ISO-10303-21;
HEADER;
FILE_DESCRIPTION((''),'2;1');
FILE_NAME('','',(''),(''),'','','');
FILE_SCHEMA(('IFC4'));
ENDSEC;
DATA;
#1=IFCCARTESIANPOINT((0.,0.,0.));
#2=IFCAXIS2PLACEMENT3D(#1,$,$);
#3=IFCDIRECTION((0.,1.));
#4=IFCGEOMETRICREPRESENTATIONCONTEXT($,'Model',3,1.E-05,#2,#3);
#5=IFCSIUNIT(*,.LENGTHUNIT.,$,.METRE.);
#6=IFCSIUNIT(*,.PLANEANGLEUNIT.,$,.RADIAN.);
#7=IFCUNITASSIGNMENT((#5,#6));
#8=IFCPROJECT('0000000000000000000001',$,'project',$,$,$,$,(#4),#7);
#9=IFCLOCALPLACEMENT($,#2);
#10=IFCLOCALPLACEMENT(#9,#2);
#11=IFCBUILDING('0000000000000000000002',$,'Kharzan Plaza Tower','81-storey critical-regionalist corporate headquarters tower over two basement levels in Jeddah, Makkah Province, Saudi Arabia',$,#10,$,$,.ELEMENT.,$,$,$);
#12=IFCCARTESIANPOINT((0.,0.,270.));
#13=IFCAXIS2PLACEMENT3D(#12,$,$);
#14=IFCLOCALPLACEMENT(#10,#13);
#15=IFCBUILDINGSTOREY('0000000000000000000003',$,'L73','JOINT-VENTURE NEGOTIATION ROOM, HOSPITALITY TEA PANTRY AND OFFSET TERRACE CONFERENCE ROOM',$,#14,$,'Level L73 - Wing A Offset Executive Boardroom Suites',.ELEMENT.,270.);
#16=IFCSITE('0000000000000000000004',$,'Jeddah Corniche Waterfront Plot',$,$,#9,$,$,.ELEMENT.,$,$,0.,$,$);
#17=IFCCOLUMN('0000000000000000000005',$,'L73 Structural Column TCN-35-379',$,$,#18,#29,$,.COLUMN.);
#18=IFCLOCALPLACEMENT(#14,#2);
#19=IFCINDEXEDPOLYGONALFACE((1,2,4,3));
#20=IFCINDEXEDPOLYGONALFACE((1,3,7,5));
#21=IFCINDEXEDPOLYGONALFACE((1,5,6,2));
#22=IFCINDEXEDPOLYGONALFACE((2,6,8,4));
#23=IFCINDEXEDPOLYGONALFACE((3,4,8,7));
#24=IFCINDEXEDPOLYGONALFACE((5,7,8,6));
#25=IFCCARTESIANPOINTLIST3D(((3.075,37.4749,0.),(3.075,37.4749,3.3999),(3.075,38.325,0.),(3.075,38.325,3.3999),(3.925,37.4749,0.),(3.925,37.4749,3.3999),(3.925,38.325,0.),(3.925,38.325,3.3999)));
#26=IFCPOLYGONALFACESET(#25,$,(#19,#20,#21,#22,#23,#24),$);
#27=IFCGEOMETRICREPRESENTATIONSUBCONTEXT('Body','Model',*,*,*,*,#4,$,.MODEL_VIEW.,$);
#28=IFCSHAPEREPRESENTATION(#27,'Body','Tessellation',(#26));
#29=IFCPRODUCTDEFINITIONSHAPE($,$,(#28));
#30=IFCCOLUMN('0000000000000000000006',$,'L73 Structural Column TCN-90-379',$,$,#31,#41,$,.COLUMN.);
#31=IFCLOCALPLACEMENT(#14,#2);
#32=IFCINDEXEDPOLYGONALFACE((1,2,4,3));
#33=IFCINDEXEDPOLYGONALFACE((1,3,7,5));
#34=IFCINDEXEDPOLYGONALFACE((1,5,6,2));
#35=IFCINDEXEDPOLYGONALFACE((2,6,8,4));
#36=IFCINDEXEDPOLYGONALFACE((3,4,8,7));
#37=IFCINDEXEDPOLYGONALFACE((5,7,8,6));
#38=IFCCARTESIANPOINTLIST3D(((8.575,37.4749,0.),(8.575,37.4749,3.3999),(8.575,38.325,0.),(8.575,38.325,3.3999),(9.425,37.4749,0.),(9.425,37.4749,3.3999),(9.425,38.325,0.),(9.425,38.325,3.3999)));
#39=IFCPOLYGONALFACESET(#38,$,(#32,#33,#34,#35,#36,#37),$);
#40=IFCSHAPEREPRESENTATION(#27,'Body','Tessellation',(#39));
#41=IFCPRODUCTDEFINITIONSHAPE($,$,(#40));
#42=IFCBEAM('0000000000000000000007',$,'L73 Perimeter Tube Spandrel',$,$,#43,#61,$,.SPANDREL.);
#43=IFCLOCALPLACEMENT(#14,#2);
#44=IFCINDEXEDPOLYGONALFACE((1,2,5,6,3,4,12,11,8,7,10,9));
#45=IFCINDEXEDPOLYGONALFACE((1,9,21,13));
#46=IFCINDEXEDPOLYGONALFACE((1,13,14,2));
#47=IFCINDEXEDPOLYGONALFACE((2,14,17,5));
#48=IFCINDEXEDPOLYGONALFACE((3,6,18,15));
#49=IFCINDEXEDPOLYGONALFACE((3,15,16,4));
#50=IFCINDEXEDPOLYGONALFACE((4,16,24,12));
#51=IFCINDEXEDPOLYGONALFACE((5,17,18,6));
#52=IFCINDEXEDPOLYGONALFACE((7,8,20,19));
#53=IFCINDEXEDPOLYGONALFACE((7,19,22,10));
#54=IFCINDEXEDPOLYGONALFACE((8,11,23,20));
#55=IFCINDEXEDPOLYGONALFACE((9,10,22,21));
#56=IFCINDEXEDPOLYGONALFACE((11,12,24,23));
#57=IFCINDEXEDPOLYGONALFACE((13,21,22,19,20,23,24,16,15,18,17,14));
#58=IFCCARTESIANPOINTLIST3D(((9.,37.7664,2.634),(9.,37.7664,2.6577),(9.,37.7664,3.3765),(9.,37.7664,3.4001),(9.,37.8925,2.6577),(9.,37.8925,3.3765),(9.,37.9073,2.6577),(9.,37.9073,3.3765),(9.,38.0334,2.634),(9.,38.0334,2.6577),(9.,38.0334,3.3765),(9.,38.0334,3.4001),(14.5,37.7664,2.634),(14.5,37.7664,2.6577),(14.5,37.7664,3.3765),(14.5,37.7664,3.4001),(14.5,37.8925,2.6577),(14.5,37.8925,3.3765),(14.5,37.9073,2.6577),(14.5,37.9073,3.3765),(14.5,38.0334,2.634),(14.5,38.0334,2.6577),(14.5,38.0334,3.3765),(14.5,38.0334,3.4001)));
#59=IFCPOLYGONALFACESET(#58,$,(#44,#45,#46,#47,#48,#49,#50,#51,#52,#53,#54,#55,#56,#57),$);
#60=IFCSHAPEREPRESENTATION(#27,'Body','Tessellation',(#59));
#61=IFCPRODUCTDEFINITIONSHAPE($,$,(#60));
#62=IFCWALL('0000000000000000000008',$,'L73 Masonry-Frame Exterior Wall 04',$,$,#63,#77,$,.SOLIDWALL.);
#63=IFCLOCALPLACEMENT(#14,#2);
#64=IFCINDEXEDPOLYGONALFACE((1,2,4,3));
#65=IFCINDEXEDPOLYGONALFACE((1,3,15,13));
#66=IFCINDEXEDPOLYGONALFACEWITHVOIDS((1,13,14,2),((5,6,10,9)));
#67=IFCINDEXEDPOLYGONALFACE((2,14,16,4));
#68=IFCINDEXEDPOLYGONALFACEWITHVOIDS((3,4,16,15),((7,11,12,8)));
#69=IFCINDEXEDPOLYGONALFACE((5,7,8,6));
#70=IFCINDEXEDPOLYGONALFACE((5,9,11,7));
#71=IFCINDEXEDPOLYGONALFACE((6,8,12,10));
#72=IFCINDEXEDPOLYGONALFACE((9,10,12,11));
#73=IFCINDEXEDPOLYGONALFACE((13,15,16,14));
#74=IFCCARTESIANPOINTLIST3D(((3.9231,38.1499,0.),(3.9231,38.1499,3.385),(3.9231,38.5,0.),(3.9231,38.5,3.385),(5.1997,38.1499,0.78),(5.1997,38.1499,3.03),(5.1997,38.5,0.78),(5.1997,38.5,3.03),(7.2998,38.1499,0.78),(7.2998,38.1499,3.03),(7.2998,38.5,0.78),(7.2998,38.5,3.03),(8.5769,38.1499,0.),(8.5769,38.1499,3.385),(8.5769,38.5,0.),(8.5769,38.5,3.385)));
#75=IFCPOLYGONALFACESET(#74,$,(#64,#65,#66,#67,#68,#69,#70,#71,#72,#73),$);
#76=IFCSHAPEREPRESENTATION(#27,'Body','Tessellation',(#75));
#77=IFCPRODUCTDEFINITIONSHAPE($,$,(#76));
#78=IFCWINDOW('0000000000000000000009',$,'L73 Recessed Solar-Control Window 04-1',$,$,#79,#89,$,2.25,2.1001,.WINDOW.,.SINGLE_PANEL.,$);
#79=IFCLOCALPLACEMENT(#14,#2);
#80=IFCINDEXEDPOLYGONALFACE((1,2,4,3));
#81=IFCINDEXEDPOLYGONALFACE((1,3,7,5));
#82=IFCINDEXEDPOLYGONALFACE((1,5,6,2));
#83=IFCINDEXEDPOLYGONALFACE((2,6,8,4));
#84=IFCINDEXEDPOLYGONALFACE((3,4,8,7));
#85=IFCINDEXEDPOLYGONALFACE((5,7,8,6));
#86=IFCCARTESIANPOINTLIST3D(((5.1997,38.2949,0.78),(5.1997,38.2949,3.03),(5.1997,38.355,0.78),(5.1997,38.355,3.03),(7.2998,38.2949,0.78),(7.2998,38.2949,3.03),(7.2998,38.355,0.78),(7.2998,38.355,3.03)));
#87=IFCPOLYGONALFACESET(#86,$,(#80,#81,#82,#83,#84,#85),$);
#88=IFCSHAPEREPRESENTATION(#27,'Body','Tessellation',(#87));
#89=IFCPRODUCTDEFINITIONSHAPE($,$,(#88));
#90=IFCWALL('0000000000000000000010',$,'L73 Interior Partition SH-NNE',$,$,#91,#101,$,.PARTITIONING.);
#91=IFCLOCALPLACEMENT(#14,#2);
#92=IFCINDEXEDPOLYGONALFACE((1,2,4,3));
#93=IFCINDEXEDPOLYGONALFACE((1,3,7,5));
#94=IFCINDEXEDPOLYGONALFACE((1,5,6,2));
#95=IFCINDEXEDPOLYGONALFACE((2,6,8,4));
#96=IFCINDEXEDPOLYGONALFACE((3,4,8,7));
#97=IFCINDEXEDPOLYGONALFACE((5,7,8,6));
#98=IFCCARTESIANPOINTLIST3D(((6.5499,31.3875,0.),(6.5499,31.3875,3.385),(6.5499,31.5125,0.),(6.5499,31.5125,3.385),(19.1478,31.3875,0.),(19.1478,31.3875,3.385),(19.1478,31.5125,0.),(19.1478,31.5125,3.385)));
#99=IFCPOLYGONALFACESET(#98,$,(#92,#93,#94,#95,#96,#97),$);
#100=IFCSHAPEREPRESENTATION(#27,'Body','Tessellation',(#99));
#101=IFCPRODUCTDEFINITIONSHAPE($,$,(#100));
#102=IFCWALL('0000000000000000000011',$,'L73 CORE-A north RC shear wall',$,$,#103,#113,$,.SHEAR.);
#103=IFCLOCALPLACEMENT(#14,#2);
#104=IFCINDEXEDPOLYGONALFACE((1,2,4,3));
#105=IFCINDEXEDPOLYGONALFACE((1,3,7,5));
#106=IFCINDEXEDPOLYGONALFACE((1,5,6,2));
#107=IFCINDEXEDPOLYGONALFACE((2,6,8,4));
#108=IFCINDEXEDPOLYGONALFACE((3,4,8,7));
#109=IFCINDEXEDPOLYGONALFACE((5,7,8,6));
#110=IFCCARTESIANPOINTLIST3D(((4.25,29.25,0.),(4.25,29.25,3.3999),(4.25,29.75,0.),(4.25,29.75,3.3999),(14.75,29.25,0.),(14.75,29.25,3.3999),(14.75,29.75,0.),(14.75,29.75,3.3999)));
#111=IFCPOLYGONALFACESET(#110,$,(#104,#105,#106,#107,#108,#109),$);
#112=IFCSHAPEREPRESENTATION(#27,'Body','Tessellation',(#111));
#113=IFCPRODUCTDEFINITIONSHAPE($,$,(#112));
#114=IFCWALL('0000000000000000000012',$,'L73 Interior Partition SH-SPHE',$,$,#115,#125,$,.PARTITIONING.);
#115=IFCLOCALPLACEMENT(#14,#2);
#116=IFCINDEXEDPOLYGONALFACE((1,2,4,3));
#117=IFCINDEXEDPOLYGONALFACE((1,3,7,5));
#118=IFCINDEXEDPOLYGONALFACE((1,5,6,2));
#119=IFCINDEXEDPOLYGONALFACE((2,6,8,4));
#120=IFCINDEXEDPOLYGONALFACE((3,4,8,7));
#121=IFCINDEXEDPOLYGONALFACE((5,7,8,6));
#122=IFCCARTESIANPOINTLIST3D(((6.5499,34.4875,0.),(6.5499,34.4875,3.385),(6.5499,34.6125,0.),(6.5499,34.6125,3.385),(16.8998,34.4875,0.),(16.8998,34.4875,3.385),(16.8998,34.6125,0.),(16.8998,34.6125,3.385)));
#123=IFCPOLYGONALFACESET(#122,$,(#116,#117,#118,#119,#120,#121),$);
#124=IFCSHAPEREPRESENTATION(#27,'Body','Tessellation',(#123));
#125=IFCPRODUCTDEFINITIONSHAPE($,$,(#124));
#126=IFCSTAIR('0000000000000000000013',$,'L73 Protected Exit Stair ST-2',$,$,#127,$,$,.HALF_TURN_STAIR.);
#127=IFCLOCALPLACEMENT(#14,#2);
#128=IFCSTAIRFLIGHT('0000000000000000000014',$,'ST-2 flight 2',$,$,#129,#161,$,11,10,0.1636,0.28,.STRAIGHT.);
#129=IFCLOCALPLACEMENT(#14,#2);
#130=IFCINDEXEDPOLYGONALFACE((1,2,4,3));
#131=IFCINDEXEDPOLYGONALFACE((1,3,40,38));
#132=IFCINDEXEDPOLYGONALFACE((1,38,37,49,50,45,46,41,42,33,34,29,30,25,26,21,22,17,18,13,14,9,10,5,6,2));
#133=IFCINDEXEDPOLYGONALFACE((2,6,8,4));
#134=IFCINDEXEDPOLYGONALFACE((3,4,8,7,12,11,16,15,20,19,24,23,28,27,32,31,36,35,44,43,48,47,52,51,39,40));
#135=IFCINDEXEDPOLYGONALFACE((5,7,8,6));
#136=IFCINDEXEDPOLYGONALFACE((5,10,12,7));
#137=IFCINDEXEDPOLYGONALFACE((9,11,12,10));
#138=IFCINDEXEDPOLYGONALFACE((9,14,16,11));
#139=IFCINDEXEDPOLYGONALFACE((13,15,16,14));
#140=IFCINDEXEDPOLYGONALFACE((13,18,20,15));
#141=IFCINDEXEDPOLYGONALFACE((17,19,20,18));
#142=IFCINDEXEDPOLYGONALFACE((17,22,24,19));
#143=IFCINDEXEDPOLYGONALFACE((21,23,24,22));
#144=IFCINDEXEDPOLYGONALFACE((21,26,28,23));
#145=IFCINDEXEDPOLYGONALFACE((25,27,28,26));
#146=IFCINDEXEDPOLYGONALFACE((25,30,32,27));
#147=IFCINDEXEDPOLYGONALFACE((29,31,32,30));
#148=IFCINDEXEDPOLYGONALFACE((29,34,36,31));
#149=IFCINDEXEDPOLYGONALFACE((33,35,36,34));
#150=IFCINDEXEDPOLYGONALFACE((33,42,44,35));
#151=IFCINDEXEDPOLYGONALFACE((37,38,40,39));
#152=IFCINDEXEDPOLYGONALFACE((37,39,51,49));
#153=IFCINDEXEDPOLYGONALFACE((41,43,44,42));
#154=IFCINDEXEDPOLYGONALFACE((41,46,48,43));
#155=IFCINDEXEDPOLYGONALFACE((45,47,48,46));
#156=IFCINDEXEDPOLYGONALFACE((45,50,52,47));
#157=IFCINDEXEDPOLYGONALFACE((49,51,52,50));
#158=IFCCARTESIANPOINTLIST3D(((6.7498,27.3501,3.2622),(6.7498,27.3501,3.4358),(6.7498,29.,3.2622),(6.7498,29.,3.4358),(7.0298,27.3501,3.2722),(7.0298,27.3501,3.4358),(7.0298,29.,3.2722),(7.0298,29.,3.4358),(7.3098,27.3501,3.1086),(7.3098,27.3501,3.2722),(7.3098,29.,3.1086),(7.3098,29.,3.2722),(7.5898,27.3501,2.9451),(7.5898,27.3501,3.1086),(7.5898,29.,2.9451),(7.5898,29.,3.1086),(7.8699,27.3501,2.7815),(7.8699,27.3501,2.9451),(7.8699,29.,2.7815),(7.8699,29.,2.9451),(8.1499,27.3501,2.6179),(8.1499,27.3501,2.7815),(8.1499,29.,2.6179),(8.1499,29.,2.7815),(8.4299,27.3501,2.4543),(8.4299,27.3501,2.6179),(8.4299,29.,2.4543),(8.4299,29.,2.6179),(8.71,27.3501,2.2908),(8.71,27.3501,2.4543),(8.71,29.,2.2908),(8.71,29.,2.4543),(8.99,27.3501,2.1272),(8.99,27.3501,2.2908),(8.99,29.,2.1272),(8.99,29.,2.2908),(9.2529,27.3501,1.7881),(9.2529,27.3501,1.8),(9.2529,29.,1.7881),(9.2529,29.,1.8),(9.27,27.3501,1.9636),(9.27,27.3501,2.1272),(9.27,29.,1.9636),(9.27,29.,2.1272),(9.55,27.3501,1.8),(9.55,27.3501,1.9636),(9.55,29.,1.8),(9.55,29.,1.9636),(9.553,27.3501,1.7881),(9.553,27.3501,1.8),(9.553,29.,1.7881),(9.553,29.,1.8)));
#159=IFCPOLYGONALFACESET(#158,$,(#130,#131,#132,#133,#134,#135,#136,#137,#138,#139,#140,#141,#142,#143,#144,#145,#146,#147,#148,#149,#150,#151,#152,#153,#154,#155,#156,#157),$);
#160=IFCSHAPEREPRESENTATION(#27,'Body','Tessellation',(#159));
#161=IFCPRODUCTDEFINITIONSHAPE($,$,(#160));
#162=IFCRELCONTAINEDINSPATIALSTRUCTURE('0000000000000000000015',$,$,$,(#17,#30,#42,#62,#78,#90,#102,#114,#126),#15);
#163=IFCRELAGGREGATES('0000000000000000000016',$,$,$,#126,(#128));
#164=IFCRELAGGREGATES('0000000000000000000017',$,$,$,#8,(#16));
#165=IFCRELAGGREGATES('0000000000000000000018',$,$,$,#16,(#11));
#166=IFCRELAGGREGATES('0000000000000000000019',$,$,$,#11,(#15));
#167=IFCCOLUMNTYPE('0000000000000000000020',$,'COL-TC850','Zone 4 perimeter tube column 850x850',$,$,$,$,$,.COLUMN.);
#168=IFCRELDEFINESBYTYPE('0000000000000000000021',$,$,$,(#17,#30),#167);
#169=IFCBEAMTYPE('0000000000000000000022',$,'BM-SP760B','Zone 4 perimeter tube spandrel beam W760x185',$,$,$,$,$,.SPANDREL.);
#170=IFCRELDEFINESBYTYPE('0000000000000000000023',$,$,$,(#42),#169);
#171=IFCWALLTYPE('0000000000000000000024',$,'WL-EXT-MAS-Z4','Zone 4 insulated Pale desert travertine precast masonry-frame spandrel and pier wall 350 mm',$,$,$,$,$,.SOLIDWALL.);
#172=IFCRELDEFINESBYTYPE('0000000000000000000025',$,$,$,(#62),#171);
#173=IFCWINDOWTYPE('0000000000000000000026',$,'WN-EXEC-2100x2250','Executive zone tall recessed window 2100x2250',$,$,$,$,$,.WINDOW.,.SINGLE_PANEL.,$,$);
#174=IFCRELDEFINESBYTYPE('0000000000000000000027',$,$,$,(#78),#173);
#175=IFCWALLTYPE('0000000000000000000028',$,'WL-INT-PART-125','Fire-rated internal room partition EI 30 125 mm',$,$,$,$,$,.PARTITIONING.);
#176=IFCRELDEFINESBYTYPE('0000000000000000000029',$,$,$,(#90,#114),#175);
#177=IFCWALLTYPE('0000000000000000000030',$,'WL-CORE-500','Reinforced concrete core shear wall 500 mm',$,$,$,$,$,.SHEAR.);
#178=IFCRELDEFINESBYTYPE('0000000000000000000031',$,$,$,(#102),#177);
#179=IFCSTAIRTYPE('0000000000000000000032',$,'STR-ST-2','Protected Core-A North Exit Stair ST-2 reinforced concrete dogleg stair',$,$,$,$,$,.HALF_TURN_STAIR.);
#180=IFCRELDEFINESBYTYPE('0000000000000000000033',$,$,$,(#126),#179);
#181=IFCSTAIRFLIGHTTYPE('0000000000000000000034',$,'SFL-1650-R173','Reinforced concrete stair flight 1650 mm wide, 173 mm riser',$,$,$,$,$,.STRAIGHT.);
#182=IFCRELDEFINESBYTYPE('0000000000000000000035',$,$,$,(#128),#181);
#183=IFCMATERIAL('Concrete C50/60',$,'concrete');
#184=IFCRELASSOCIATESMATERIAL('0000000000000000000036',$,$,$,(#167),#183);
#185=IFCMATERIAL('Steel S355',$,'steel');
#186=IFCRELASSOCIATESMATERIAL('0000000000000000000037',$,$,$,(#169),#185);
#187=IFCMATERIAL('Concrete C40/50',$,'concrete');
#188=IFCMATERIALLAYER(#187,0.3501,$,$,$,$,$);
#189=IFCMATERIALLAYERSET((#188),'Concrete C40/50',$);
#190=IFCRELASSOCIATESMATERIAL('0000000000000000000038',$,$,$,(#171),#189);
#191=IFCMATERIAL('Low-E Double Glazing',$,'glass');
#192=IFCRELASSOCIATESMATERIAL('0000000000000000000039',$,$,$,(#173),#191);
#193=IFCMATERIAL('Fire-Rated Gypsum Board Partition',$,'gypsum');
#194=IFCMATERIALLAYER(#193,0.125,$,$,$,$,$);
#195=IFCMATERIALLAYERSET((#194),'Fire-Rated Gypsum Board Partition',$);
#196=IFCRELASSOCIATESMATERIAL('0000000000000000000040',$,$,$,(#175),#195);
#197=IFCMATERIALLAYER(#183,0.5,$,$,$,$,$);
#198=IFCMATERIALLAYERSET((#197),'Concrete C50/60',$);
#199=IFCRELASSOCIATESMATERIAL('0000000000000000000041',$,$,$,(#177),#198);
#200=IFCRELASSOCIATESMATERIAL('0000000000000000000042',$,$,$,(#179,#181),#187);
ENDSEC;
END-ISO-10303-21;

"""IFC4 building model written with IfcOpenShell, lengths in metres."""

from ifc_helpers import new_model, si_unit, direction, frame, frame_2d, origin, origin_2d, place, context, subcontext, project, spatial, polyline, rectangle, i_section, outline, extrude, source, transform, mapped, material, layer, layer_set, material_profile, profile_set, type_object, element, fill, aggregate, save


model = new_model("IFC4")

# Units and contexts
model_context = context("Model", 3, precision=1e-05, world=origin(), true_north=direction((0.0, 1.0)))
body_context = subcontext(model_context, "Body", "Model", "MODEL_VIEW")
ifc_project = project(units=[si_unit("LENGTHUNIT", "METRE"), si_unit("PLANEANGLEUNIT", "RADIAN")], contexts=[model_context])

# Site, building, storey
site_placement = place(None, origin())
site = spatial("IfcSite", under=ifc_project, at=site_placement, Name="Jeddah Corniche Waterfront Plot", CompositionType="ELEMENT", RefElevation=0.0)
building_placement = place(site_placement, origin())
building = spatial("IfcBuilding", under=site, at=building_placement, Name="Kharzan Plaza Tower", Description="81-storey critical-regionalist corporate headquarters tower over two basement levels in Jeddah, Makkah Province, Saudi Arabia", CompositionType="ELEMENT")
storey_placement = place(building_placement, frame((0.0, 0.0, 270.0)))
storey = spatial("IfcBuildingStorey", under=building, at=storey_placement, Name="L73", Description="JOINT-VENTURE NEGOTIATION ROOM, HOSPITALITY TEA PANTRY AND OFFSET TERRACE CONFERENCE ROOM", LongName="Level L73 - Wing A Offset Executive Boardroom Suites", CompositionType="ELEMENT", Elevation=270.0)

# Columns
ifc_material_1 = material(Name="Concrete C50/60", Category="concrete")
ifc_material_profile_1 = material_profile(ifc_material_1, rectangle(XDim=0.8501, YDim=0.8501, at=origin_2d()), Name="RC-TC850x850")
ifc_profile_set_1 = profile_set([ifc_material_profile_1], Name="Concrete C50/60")
column_type = type_object("IfcColumnType", Name="COL-TC850", Description="Zone 4 perimeter tube column 850x850", PredefinedType="COLUMN", material=ifc_profile_set_1)
shared_shape_1 = source(origin(), body_context, "Body", "SweptSolid", [
    extrude(rectangle(XDim=0.8501, YDim=0.8501, at=origin_2d()), origin(), (0.0, 0.0, 1.0), 3.3999),
])
for number, where, z_axis, x_axis, name in (
    (1, (3.5, 37.8999, 0.0), (0.0, 0.0, 1.0), (1.0, 0.0, 0.0), "L73 Structural Column TCN-35-379"),
    (2, (9.0, 37.8999, 0.0), (0.0, 0.0, 1.0), (1.0, 0.0, 0.0), "L73 Structural Column TCN-90-379"),
):
    element("IfcColumn", number, at=place(storey_placement, frame(where, z_axis=z_axis, x_axis=x_axis)), inside=storey, type_object=column_type, Name=name, PredefinedType="COLUMN", context=body_context, shape_type="MappedRepresentation", body=[
        mapped(shared_shape_1, transform((0.0, 0.0, 0.0), x_axis=(1.0, 0.0, 0.0), y_axis=(0.0, 1.0, 0.0), z_axis=(0.0, 0.0, 1.0))),
    ])

# Beam
ifc_material_2 = material(Name="Steel S355", Category="steel")
ifc_material_profile_2 = material_profile(ifc_material_2, i_section(OverallWidth=0.2671, OverallDepth=0.7661, WebThickness=0.0149, FlangeThickness=0.0237, at=origin_2d()), Name="W760x185")
ifc_profile_set_2 = profile_set([ifc_material_profile_2], Name="Steel S355")
beam_type = type_object("IfcBeamType", Name="BM-SP760B", Description="Zone 4 perimeter tube spandrel beam W760x185", PredefinedType="SPANDREL", material=ifc_profile_set_2)
shared_shape_2 = source(origin(), body_context, "Body", "SweptSolid", [
    extrude(i_section(OverallWidth=0.2671, OverallDepth=0.7661, WebThickness=0.0149, FlangeThickness=0.0237, at=origin_2d()), origin(), (0.0, 0.0, 1.0), 5.5),
])
beam_placement = place(storey_placement, frame((9.0, 37.8999, 3.0171), z_axis=(1.0, 0.0, 0.0), x_axis=(0.0, 1.0, 0.0)))
element("IfcBeam", 3, at=beam_placement, inside=storey, type_object=beam_type, Name="L73 Perimeter Tube Spandrel", PredefinedType="SPANDREL", context=body_context, shape_type="MappedRepresentation", body=[
    mapped(shared_shape_2, transform((0.0, 0.0, 0.0), x_axis=(1.0, 0.0, 0.0), y_axis=(0.0, 1.0, 0.0), z_axis=(0.0, 0.0, 1.0))),
])

# Wall, opening, window
ifc_material_3 = material(Name="Concrete C40/50", Category="concrete")
ifc_layer_1 = layer(ifc_material_3, 0.3501)
ifc_layer_set_1 = layer_set([ifc_layer_1], Name="Concrete C40/50")
wall_type_1 = type_object("IfcWallType", Name="WL-EXT-MAS-Z4", Description="Zone 4 insulated Pale desert travertine precast masonry-frame spandrel and pier wall 350 mm", PredefinedType="SOLIDWALL", material=ifc_layer_set_1)
wall_1_placement = place(storey_placement, frame((8.5769, 38.325, 0.0), z_axis=(0.0, 0.0, 1.0), x_axis=(-1.0, 0.0, 0.0)))
wall_1 = element("IfcWall", 4, at=wall_1_placement, inside=storey, type_object=wall_type_1, Name="L73 Masonry-Frame Exterior Wall 04", PredefinedType="SOLIDWALL", context=body_context, shape_type="SweptSolid", body=[
    extrude(rectangle(XDim=4.6538, YDim=0.3501, at=frame_2d((2.3269, 0.0))), origin(), (0.0, 0.0, 1.0), 3.385),
])
opening_1_placement = place(wall_1_placement, frame((1.2771, 0.0, 0.78)))
opening_1 = element("IfcOpeningElement", 5, at=opening_1_placement, cuts=wall_1, PredefinedType="OPENING", context=body_context, shape_type="SweptSolid", body=[
    extrude(rectangle(XDim=2.1001, YDim=2.25, at=frame_2d((1.05, 1.125))), frame((0.0, 0.1851, 0.0), z_axis=(0.0, -1.0, 0.0), x_axis=(1.0, 0.0, 0.0)), (0.0, 0.0, 1.0), 0.3701),
])
ifc_material_4 = material(Name="Low-E Double Glazing", Category="glass")
window_type = type_object("IfcWindowType", Name="WN-EXEC-2100x2250", Description="Executive zone tall recessed window 2100x2250", PartitioningType="SINGLE_PANEL", PredefinedType="WINDOW", material=ifc_material_4)
shared_shape_3 = source(origin(), body_context, "Body", "SweptSolid", [
    extrude(rectangle(XDim=2.1001, YDim=2.25, at=frame_2d((1.05, 1.125))), frame((0.0, 0.03, 0.0), z_axis=(0.0, -1.0, 0.0), x_axis=(1.0, 0.0, 0.0)), (0.0, 0.0, 1.0), 0.0601),
])
window_placement = place(opening_1_placement, origin())
window = element("IfcWindow", 6, at=window_placement, inside=storey, type_object=window_type, Name="L73 Recessed Solar-Control Window 04-1", OverallHeight=2.25, OverallWidth=2.1001, PartitioningType="SINGLE_PANEL", PredefinedType="WINDOW", context=body_context, shape_type="MappedRepresentation", body=[
    mapped(shared_shape_3, transform((0.0, 0.0, 0.0), x_axis=(1.0, 0.0, 0.0), y_axis=(0.0, 1.0, 0.0), z_axis=(0.0, 0.0, 1.0))),
])
fill(opening_1, window)

# Shared definitions
ifc_material_5 = material(Name="Fire-Rated Gypsum Board Partition", Category="gypsum")
ifc_layer_2 = layer(ifc_material_5, 0.125)
ifc_layer_set_2 = layer_set([ifc_layer_2], Name="Fire-Rated Gypsum Board Partition")
wall_type_2 = type_object("IfcWallType", Name="WL-INT-PART-125", Description="Fire-rated internal room partition EI 30 125 mm", PredefinedType="PARTITIONING", material=ifc_layer_set_2)

# Walls
shared_shape_4 = source(origin(), body_context, "Body", "SweptSolid", [
    extrude(rectangle(XDim=12.5979, YDim=0.125, at=frame_2d((6.2988, 0.0))), origin(), (0.0, 0.0, 1.0), 3.385),
])
wall_2_placement = place(storey_placement, frame((6.55, 31.45, 0.0), z_axis=(0.0, 0.0, 1.0), x_axis=(1.0, 0.0, 0.0)))
element("IfcWall", 7, at=wall_2_placement, inside=storey, type_object=wall_type_2, Name="L73 Interior Partition SH-NNE", PredefinedType="PARTITIONING", context=body_context, shape_type="MappedRepresentation", body=[
    mapped(shared_shape_4, transform((0.0, 0.0, 0.0), x_axis=(1.0, 0.0, 0.0), y_axis=(0.0, 1.0, 0.0), z_axis=(0.0, 0.0, 1.0))),
])
ifc_layer_3 = layer(ifc_material_1, 0.5)
ifc_layer_set_3 = layer_set([ifc_layer_3], Name="Concrete C50/60")
wall_type_3 = type_object("IfcWallType", Name="WL-CORE-500", Description="Reinforced concrete core shear wall 500 mm", PredefinedType="SHEAR", material=ifc_layer_set_3)
shared_shape_5 = source(origin(), body_context, "Body", "SweptSolid", [
    extrude(rectangle(XDim=10.5, YDim=0.5, at=frame_2d((5.25, 0.0))), origin(), (0.0, 0.0, 1.0), 3.3999),
])
wall_3_placement = place(storey_placement, frame((4.25, 29.5, 0.0), z_axis=(0.0, 0.0, 1.0), x_axis=(1.0, 0.0, 0.0)))
element("IfcWall", 8, at=wall_3_placement, inside=storey, type_object=wall_type_3, Name="L73 CORE-A north RC shear wall", PredefinedType="SHEAR", context=body_context, shape_type="MappedRepresentation", body=[
    mapped(shared_shape_5, transform((0.0, 0.0, 0.0), x_axis=(1.0, 0.0, 0.0), y_axis=(0.0, 1.0, 0.0), z_axis=(0.0, 0.0, 1.0))),
])
shared_shape_6 = source(origin(), body_context, "Body", "SweptSolid", [
    extrude(rectangle(XDim=10.3499, YDim=0.125, at=frame_2d((5.1748, 0.0))), origin(), (0.0, 0.0, 1.0), 3.385),
])
wall_4_placement = place(storey_placement, frame((6.55, 34.55, 0.0), z_axis=(0.0, 0.0, 1.0), x_axis=(1.0, 0.0, 0.0)))
element("IfcWall", 9, at=wall_4_placement, inside=storey, type_object=wall_type_2, Name="L73 Interior Partition SH-SPHE", PredefinedType="PARTITIONING", context=body_context, shape_type="MappedRepresentation", body=[
    mapped(shared_shape_6, transform((0.0, 0.0, 0.0), x_axis=(1.0, 0.0, 0.0), y_axis=(0.0, 1.0, 0.0), z_axis=(0.0, 0.0, 1.0))),
])

# Stair, stair flight
stair_type = type_object("IfcStairType", Name="STR-ST-2", Description="Protected Core-A North Exit Stair ST-2 reinforced concrete dogleg stair", PredefinedType="HALF_TURN_STAIR", material=ifc_material_3)
stair_placement = place(storey_placement, origin())
stair = element("IfcStair", 10, at=stair_placement, inside=storey, type_object=stair_type, Name="L73 Protected Exit Stair ST-2", PredefinedType="HALF_TURN_STAIR")
stair_flight_type = type_object("IfcStairFlightType", Name="SFL-1650-R173", Description="Reinforced concrete stair flight 1650 mm wide, 173 mm riser", PredefinedType="STRAIGHT", material=ifc_material_3)
shared_shape_7 = source(origin(), body_context, "Body", "SweptSolid", [
    extrude(outline(polyline([(-0.0029, -0.012), (-0.0029, 0.0), (0.0, 0.0), (0.0, 0.1636), (0.28, 0.1636), (0.28, 0.3271), (0.5601, 0.3271), (0.5601, 0.4907), (0.8401, 0.4907), (0.8401, 0.6543), (1.1201, 0.6543), (1.1201, 0.8179), (1.4001, 0.8179), (1.4001, 0.9814), (1.6802, 0.9814), (1.6802, 1.145), (1.9602, 1.145), (1.9602, 1.3086), (2.2402, 1.3086), (2.2402, 1.4722), (2.5203, 1.4722), (2.5203, 1.6357), (2.8003, 1.6357), (2.8003, 1.7993), (2.8003, 1.4622), (0.2971, 0.0), (0.2971, -0.012), (-0.0029, -0.012)])), frame((0.0, 0.825, 0.0), z_axis=(0.0, -1.0, 0.0), x_axis=(1.0, 0.0, 0.0)), (0.0, 0.0, 1.0), 1.6499),
])
stair_flight_placement = place(storey_placement, frame((9.55, 28.175, 1.8), z_axis=(0.0, 0.0, 1.0), x_axis=(-1.0, 0.0, 0.0)))
stair_flight = element("IfcStairFlight", 11, at=stair_flight_placement, type_object=stair_flight_type, Name="ST-2 flight 2", NumberOfRisers=11, NumberOfTreads=10, PredefinedType="STRAIGHT", RiserHeight=0.1636, TreadLength=0.28, context=body_context, shape_type="MappedRepresentation", body=[
    mapped(shared_shape_7, transform((0.0, 0.0, 0.0), x_axis=(1.0, 0.0, 0.0), y_axis=(0.0, 1.0, 0.0), z_axis=(0.0, 0.0, 1.0))),
])
aggregate(stair, [stair_flight])

save(model, "model.ifc")
